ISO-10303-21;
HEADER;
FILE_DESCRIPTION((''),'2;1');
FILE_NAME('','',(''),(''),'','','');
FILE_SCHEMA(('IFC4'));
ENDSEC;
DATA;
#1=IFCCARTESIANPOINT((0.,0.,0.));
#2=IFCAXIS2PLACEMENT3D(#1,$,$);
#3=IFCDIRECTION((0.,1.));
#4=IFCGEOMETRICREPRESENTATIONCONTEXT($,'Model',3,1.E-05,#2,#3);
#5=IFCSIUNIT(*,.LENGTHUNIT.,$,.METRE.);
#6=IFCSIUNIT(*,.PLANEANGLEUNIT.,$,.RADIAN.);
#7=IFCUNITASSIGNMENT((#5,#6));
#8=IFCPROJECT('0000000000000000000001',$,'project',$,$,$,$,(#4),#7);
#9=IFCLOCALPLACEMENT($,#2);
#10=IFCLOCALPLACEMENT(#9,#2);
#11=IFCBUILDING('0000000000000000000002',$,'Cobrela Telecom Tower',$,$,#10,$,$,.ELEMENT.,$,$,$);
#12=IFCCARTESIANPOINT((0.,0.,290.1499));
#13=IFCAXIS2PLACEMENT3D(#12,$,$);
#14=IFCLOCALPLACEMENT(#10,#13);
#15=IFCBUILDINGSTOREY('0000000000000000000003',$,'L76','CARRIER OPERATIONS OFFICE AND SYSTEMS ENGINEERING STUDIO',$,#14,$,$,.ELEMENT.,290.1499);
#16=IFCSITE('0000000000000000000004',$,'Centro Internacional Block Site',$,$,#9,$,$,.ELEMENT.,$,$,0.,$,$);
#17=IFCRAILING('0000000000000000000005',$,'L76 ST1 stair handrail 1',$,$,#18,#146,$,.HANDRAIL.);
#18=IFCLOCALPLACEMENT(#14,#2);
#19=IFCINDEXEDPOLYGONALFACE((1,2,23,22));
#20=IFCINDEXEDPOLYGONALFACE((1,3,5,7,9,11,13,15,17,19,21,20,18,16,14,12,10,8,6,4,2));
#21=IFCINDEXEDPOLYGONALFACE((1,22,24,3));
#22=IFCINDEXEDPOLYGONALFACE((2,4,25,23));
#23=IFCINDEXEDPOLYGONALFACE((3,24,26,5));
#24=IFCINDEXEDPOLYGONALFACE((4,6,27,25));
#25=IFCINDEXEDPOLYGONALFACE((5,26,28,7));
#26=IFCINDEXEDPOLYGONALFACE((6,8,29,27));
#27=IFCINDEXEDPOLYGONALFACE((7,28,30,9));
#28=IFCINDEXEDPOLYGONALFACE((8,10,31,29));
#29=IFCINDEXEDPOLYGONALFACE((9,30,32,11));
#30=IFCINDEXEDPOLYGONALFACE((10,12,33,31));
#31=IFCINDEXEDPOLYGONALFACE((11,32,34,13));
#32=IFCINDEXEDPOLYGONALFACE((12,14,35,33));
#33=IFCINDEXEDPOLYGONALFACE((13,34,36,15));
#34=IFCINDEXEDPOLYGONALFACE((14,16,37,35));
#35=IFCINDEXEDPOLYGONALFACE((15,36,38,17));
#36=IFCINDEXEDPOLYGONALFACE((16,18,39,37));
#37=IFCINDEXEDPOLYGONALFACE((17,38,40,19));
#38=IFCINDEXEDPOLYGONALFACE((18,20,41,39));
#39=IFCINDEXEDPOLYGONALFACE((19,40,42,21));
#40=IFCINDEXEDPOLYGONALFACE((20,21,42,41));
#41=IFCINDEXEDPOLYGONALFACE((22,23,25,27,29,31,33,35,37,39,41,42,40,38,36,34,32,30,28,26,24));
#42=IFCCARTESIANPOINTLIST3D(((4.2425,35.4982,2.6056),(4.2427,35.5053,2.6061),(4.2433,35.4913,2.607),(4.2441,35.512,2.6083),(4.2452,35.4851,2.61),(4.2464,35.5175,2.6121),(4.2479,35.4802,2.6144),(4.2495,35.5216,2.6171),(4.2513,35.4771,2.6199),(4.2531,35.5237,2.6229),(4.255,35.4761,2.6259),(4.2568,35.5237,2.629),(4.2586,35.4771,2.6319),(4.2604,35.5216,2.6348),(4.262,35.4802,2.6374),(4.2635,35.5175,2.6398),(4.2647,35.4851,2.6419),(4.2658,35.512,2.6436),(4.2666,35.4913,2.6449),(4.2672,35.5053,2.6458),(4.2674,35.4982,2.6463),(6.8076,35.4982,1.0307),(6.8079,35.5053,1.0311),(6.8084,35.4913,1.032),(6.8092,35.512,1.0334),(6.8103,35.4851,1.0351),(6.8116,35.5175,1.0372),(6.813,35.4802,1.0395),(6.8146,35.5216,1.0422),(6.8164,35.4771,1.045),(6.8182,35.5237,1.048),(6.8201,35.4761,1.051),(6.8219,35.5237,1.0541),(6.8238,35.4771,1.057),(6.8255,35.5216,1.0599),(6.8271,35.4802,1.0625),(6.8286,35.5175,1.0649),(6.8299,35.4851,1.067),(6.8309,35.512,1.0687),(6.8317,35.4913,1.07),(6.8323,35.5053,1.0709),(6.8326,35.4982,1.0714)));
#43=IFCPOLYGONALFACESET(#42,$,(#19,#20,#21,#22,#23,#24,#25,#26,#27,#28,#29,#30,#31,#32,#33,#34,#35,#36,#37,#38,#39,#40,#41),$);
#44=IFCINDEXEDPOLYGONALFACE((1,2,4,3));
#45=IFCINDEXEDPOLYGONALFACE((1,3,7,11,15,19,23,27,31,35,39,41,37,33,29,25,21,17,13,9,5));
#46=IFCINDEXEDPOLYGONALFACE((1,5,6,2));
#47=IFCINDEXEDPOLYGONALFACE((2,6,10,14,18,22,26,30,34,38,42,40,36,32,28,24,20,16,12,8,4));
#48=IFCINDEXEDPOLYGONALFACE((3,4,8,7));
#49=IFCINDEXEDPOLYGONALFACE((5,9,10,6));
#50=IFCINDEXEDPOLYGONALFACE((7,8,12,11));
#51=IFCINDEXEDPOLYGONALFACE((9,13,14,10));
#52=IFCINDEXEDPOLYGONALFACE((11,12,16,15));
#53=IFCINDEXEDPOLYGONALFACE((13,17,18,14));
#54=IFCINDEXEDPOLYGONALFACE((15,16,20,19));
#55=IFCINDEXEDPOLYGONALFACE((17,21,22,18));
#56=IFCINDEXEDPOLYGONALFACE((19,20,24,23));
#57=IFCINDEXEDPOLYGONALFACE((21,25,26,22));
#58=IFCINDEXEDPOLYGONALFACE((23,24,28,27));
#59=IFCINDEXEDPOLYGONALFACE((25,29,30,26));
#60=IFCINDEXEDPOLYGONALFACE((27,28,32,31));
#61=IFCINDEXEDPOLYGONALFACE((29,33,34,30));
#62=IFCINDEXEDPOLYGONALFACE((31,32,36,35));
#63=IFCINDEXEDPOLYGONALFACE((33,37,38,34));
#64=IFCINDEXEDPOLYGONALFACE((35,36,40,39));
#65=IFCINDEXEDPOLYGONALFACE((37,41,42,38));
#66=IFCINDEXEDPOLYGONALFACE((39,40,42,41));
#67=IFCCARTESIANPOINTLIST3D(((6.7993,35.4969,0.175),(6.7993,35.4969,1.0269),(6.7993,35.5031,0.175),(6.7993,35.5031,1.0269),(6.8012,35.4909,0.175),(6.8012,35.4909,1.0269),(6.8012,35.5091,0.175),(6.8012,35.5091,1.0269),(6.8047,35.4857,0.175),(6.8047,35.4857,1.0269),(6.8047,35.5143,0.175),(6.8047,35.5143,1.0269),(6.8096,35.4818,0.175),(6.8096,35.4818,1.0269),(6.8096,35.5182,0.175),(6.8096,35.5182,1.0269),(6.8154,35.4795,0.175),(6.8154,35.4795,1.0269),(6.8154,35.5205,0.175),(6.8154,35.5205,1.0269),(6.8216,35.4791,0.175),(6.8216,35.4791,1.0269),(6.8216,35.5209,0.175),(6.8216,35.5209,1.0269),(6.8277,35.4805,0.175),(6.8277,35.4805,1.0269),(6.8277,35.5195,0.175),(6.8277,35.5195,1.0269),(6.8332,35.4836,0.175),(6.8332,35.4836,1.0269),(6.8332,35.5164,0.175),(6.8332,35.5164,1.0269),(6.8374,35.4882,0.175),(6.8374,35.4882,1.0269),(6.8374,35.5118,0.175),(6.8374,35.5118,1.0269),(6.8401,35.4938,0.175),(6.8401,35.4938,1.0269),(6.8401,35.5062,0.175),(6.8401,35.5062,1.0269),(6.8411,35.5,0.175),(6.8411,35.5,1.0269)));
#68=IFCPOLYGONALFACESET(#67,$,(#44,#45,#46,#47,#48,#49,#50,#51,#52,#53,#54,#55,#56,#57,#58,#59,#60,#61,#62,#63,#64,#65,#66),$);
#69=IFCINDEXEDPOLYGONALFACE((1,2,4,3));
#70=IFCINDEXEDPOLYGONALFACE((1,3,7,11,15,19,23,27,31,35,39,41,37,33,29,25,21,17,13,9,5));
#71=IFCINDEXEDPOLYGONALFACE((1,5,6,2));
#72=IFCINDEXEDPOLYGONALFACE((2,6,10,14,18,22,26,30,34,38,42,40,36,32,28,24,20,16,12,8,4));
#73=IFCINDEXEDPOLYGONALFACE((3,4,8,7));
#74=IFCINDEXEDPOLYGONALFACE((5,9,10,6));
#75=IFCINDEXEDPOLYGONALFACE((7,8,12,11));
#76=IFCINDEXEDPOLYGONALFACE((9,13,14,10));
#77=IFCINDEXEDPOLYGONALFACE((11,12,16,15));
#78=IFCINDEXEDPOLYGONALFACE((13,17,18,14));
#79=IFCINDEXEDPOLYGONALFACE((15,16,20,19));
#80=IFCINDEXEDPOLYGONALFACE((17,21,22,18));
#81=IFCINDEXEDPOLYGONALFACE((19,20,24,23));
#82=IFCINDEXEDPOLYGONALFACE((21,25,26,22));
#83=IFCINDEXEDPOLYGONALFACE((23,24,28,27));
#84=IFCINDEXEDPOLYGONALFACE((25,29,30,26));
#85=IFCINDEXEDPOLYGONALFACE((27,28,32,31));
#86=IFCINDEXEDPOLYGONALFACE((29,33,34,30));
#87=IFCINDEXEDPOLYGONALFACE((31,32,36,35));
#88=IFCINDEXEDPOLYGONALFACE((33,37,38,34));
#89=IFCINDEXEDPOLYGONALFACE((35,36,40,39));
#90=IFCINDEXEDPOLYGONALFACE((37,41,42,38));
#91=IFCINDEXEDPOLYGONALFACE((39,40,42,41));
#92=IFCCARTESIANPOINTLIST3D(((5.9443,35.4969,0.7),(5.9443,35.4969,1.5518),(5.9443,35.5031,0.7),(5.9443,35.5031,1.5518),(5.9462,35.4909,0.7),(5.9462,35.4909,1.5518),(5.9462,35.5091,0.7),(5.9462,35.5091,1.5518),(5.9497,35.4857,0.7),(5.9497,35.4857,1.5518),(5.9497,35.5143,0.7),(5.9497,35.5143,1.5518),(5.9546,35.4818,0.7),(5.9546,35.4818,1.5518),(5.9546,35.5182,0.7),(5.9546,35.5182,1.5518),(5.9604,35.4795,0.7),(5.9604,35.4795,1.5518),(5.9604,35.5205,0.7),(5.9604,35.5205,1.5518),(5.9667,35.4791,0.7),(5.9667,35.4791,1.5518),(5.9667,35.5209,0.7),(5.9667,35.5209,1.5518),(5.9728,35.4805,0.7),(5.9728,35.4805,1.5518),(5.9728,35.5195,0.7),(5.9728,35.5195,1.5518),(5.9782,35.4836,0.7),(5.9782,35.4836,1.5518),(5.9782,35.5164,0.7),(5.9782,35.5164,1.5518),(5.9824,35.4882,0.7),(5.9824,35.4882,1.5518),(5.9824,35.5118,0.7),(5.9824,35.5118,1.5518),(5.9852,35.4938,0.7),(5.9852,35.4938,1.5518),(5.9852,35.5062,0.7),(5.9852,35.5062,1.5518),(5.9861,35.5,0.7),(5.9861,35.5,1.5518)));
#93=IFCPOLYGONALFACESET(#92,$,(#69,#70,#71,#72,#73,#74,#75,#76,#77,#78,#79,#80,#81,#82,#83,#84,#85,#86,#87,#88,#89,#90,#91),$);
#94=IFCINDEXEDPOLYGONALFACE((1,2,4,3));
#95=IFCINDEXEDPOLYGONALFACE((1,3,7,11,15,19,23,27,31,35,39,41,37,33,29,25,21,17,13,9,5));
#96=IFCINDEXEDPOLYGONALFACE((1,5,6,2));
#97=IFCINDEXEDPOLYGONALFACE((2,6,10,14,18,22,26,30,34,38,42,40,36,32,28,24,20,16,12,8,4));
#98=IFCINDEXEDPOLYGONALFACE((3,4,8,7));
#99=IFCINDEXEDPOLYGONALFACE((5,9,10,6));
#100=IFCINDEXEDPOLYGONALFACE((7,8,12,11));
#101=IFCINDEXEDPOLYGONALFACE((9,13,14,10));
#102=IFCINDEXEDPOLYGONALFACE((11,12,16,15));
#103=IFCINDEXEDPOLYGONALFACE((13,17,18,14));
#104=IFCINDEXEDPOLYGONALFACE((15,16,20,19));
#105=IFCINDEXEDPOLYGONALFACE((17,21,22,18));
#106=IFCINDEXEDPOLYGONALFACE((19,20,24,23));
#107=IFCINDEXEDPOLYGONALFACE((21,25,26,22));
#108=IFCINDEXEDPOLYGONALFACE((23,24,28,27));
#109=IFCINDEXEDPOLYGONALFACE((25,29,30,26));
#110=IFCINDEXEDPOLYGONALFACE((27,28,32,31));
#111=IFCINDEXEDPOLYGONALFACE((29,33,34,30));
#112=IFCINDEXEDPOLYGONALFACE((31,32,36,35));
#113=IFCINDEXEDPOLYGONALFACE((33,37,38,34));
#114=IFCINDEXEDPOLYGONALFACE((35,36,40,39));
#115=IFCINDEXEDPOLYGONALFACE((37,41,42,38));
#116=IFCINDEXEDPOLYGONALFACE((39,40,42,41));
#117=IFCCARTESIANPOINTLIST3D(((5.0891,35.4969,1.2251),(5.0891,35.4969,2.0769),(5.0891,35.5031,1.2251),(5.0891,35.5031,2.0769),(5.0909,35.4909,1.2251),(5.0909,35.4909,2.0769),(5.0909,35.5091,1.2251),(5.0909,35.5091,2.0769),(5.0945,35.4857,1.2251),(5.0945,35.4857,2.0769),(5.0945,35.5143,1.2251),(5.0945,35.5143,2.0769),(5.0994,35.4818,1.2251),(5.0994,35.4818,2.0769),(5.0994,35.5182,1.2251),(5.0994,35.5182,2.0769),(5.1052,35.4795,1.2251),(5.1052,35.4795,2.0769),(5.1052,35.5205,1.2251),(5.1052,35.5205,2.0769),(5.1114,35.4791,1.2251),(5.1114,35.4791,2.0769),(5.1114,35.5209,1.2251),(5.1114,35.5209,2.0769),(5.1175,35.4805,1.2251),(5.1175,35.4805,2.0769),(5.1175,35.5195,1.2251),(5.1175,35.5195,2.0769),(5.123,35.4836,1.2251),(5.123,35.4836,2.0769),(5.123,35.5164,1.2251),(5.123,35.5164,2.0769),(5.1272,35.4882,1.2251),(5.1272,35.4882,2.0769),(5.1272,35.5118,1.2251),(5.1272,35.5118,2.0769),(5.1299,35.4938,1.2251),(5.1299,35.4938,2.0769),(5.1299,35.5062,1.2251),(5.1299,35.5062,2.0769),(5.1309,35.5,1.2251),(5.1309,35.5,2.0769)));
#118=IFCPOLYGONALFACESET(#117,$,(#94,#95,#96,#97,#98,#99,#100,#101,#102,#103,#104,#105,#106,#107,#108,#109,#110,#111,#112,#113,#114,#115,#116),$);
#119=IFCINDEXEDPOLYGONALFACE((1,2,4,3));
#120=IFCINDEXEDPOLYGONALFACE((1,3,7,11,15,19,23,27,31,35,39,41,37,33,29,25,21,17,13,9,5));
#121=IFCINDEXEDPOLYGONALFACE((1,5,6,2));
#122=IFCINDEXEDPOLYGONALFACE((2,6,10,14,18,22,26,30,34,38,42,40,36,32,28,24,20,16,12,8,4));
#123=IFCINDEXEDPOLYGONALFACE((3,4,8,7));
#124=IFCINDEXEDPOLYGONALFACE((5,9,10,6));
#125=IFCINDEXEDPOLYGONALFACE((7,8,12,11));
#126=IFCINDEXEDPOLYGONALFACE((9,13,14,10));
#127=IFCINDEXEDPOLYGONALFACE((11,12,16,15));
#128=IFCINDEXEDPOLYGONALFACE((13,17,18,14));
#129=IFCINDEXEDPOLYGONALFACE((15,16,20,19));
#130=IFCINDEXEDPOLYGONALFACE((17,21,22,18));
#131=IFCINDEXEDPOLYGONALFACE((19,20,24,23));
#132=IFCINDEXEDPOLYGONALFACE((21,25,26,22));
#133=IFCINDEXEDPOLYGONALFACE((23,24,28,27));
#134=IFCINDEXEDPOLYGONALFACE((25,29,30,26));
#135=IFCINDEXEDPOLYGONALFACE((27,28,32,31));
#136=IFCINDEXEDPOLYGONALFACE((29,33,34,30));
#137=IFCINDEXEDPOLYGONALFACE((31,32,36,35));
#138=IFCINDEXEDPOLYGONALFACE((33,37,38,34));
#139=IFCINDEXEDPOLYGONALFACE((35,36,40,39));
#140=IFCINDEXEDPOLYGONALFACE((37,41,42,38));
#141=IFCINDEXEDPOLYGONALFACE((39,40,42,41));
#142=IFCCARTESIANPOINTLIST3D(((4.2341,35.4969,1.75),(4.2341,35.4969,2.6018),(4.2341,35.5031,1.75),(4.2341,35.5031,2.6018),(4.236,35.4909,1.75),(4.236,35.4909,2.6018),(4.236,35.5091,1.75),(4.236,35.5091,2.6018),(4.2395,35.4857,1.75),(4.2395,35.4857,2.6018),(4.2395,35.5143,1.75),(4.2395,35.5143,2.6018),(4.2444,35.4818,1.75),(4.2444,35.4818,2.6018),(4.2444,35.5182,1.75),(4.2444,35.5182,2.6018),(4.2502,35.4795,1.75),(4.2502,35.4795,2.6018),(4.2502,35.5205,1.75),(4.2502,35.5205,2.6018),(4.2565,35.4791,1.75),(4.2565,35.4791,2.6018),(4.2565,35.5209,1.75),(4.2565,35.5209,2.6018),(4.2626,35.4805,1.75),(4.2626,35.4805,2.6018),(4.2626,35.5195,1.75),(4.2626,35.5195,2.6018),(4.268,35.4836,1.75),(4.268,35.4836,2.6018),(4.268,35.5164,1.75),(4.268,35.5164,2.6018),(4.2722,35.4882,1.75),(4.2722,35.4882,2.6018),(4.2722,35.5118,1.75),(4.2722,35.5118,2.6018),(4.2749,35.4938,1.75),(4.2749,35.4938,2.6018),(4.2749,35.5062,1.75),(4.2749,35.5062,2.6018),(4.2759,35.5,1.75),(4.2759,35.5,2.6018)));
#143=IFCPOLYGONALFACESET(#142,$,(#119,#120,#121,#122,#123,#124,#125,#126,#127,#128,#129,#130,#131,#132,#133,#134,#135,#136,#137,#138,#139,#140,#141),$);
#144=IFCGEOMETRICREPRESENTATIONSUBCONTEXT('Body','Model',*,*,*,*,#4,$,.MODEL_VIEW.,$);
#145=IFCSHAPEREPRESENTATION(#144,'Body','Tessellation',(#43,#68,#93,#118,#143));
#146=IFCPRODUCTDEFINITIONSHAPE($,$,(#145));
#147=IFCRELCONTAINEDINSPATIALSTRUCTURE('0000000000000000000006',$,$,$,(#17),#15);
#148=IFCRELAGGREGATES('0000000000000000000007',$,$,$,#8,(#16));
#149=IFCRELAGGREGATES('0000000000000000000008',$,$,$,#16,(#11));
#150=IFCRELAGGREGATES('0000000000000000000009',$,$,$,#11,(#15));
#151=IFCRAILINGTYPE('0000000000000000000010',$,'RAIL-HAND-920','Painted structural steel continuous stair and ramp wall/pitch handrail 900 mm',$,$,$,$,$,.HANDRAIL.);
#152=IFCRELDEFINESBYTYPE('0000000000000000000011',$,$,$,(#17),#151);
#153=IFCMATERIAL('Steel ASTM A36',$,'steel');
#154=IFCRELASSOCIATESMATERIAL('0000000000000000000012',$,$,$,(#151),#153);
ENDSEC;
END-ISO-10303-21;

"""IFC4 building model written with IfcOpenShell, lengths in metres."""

from ifc_helpers import new_model, si_unit, direction, frame, origin, origin_2d, place, context, subcontext, project, spatial, circle, extrude, material, type_object, element, save


model = new_model("IFC4")

# Units and contexts
model_context = context("Model", 3, precision=1e-05, world=origin(), true_north=direction((0.0, 1.0)))
body_context = subcontext(model_context, "Body", "Model", "MODEL_VIEW")
ifc_project = project(units=[si_unit("LENGTHUNIT", "METRE"), si_unit("PLANEANGLEUNIT", "RADIAN")], contexts=[model_context])

# Site, building, storey
site_placement = place(None, origin())
site = spatial("IfcSite", under=ifc_project, at=site_placement, Name="Centro Internacional Block Site", CompositionType="ELEMENT", RefElevation=0.0)
building_placement = place(site_placement, origin())
building = spatial("IfcBuilding", under=site, at=building_placement, Name="Cobrela Telecom Tower", CompositionType="ELEMENT")
storey_placement = place(building_placement, frame((0.0, 0.0, 290.1499)))
storey = spatial("IfcBuildingStorey", under=building, at=storey_placement, Name="L76", Description="CARRIER OPERATIONS OFFICE AND SYSTEMS ENGINEERING STUDIO", CompositionType="ELEMENT", Elevation=290.1499)

# Shared definitions
ifc_material_1 = material(Name="Steel ASTM A36", Category="steel")

# Railing
railing_type_1 = type_object("IfcRailingType", Name="RAIL-HAND-920", Description="Painted structural steel continuous stair and ramp wall/pitch handrail 900 mm", PredefinedType="HANDRAIL", material=ifc_material_1)
railing_1_placement = place(storey_placement, frame((6.8201, 35.5, 0.175)))
element("IfcRailing", 1, at=railing_1_placement, inside=storey, type_object=railing_type_1, Name="L76 ST1 stair handrail 1", PredefinedType="HANDRAIL", context=body_context, shape_type="SweptSolid", body=[
    extrude(circle(Radius=0.0239, at=origin_2d()), frame((0.0, 0.0, 0.876), z_axis=(-0.852195, 0.0, 0.523224), x_axis=(0.0, -1.0, 0.0)), (0.0, 0.0, 1.0), 3.01),
    extrude(circle(Radius=0.021, at=origin_2d()), origin(), (0.0, 0.0, 1.0), 0.8518),
    extrude(circle(Radius=0.021, at=origin_2d()), frame((-0.855, 0.0, 0.5249)), (0.0, 0.0, 1.0), 0.8518),
    extrude(circle(Radius=0.021, at=origin_2d()), frame((-1.7102, 0.0, 1.05)), (0.0, 0.0, 1.0), 0.8518),
    extrude(circle(Radius=0.021, at=origin_2d()), frame((-2.5652, 0.0, 1.575)), (0.0, 0.0, 1.0), 0.8518),
])

save(model, "model.ifc")
